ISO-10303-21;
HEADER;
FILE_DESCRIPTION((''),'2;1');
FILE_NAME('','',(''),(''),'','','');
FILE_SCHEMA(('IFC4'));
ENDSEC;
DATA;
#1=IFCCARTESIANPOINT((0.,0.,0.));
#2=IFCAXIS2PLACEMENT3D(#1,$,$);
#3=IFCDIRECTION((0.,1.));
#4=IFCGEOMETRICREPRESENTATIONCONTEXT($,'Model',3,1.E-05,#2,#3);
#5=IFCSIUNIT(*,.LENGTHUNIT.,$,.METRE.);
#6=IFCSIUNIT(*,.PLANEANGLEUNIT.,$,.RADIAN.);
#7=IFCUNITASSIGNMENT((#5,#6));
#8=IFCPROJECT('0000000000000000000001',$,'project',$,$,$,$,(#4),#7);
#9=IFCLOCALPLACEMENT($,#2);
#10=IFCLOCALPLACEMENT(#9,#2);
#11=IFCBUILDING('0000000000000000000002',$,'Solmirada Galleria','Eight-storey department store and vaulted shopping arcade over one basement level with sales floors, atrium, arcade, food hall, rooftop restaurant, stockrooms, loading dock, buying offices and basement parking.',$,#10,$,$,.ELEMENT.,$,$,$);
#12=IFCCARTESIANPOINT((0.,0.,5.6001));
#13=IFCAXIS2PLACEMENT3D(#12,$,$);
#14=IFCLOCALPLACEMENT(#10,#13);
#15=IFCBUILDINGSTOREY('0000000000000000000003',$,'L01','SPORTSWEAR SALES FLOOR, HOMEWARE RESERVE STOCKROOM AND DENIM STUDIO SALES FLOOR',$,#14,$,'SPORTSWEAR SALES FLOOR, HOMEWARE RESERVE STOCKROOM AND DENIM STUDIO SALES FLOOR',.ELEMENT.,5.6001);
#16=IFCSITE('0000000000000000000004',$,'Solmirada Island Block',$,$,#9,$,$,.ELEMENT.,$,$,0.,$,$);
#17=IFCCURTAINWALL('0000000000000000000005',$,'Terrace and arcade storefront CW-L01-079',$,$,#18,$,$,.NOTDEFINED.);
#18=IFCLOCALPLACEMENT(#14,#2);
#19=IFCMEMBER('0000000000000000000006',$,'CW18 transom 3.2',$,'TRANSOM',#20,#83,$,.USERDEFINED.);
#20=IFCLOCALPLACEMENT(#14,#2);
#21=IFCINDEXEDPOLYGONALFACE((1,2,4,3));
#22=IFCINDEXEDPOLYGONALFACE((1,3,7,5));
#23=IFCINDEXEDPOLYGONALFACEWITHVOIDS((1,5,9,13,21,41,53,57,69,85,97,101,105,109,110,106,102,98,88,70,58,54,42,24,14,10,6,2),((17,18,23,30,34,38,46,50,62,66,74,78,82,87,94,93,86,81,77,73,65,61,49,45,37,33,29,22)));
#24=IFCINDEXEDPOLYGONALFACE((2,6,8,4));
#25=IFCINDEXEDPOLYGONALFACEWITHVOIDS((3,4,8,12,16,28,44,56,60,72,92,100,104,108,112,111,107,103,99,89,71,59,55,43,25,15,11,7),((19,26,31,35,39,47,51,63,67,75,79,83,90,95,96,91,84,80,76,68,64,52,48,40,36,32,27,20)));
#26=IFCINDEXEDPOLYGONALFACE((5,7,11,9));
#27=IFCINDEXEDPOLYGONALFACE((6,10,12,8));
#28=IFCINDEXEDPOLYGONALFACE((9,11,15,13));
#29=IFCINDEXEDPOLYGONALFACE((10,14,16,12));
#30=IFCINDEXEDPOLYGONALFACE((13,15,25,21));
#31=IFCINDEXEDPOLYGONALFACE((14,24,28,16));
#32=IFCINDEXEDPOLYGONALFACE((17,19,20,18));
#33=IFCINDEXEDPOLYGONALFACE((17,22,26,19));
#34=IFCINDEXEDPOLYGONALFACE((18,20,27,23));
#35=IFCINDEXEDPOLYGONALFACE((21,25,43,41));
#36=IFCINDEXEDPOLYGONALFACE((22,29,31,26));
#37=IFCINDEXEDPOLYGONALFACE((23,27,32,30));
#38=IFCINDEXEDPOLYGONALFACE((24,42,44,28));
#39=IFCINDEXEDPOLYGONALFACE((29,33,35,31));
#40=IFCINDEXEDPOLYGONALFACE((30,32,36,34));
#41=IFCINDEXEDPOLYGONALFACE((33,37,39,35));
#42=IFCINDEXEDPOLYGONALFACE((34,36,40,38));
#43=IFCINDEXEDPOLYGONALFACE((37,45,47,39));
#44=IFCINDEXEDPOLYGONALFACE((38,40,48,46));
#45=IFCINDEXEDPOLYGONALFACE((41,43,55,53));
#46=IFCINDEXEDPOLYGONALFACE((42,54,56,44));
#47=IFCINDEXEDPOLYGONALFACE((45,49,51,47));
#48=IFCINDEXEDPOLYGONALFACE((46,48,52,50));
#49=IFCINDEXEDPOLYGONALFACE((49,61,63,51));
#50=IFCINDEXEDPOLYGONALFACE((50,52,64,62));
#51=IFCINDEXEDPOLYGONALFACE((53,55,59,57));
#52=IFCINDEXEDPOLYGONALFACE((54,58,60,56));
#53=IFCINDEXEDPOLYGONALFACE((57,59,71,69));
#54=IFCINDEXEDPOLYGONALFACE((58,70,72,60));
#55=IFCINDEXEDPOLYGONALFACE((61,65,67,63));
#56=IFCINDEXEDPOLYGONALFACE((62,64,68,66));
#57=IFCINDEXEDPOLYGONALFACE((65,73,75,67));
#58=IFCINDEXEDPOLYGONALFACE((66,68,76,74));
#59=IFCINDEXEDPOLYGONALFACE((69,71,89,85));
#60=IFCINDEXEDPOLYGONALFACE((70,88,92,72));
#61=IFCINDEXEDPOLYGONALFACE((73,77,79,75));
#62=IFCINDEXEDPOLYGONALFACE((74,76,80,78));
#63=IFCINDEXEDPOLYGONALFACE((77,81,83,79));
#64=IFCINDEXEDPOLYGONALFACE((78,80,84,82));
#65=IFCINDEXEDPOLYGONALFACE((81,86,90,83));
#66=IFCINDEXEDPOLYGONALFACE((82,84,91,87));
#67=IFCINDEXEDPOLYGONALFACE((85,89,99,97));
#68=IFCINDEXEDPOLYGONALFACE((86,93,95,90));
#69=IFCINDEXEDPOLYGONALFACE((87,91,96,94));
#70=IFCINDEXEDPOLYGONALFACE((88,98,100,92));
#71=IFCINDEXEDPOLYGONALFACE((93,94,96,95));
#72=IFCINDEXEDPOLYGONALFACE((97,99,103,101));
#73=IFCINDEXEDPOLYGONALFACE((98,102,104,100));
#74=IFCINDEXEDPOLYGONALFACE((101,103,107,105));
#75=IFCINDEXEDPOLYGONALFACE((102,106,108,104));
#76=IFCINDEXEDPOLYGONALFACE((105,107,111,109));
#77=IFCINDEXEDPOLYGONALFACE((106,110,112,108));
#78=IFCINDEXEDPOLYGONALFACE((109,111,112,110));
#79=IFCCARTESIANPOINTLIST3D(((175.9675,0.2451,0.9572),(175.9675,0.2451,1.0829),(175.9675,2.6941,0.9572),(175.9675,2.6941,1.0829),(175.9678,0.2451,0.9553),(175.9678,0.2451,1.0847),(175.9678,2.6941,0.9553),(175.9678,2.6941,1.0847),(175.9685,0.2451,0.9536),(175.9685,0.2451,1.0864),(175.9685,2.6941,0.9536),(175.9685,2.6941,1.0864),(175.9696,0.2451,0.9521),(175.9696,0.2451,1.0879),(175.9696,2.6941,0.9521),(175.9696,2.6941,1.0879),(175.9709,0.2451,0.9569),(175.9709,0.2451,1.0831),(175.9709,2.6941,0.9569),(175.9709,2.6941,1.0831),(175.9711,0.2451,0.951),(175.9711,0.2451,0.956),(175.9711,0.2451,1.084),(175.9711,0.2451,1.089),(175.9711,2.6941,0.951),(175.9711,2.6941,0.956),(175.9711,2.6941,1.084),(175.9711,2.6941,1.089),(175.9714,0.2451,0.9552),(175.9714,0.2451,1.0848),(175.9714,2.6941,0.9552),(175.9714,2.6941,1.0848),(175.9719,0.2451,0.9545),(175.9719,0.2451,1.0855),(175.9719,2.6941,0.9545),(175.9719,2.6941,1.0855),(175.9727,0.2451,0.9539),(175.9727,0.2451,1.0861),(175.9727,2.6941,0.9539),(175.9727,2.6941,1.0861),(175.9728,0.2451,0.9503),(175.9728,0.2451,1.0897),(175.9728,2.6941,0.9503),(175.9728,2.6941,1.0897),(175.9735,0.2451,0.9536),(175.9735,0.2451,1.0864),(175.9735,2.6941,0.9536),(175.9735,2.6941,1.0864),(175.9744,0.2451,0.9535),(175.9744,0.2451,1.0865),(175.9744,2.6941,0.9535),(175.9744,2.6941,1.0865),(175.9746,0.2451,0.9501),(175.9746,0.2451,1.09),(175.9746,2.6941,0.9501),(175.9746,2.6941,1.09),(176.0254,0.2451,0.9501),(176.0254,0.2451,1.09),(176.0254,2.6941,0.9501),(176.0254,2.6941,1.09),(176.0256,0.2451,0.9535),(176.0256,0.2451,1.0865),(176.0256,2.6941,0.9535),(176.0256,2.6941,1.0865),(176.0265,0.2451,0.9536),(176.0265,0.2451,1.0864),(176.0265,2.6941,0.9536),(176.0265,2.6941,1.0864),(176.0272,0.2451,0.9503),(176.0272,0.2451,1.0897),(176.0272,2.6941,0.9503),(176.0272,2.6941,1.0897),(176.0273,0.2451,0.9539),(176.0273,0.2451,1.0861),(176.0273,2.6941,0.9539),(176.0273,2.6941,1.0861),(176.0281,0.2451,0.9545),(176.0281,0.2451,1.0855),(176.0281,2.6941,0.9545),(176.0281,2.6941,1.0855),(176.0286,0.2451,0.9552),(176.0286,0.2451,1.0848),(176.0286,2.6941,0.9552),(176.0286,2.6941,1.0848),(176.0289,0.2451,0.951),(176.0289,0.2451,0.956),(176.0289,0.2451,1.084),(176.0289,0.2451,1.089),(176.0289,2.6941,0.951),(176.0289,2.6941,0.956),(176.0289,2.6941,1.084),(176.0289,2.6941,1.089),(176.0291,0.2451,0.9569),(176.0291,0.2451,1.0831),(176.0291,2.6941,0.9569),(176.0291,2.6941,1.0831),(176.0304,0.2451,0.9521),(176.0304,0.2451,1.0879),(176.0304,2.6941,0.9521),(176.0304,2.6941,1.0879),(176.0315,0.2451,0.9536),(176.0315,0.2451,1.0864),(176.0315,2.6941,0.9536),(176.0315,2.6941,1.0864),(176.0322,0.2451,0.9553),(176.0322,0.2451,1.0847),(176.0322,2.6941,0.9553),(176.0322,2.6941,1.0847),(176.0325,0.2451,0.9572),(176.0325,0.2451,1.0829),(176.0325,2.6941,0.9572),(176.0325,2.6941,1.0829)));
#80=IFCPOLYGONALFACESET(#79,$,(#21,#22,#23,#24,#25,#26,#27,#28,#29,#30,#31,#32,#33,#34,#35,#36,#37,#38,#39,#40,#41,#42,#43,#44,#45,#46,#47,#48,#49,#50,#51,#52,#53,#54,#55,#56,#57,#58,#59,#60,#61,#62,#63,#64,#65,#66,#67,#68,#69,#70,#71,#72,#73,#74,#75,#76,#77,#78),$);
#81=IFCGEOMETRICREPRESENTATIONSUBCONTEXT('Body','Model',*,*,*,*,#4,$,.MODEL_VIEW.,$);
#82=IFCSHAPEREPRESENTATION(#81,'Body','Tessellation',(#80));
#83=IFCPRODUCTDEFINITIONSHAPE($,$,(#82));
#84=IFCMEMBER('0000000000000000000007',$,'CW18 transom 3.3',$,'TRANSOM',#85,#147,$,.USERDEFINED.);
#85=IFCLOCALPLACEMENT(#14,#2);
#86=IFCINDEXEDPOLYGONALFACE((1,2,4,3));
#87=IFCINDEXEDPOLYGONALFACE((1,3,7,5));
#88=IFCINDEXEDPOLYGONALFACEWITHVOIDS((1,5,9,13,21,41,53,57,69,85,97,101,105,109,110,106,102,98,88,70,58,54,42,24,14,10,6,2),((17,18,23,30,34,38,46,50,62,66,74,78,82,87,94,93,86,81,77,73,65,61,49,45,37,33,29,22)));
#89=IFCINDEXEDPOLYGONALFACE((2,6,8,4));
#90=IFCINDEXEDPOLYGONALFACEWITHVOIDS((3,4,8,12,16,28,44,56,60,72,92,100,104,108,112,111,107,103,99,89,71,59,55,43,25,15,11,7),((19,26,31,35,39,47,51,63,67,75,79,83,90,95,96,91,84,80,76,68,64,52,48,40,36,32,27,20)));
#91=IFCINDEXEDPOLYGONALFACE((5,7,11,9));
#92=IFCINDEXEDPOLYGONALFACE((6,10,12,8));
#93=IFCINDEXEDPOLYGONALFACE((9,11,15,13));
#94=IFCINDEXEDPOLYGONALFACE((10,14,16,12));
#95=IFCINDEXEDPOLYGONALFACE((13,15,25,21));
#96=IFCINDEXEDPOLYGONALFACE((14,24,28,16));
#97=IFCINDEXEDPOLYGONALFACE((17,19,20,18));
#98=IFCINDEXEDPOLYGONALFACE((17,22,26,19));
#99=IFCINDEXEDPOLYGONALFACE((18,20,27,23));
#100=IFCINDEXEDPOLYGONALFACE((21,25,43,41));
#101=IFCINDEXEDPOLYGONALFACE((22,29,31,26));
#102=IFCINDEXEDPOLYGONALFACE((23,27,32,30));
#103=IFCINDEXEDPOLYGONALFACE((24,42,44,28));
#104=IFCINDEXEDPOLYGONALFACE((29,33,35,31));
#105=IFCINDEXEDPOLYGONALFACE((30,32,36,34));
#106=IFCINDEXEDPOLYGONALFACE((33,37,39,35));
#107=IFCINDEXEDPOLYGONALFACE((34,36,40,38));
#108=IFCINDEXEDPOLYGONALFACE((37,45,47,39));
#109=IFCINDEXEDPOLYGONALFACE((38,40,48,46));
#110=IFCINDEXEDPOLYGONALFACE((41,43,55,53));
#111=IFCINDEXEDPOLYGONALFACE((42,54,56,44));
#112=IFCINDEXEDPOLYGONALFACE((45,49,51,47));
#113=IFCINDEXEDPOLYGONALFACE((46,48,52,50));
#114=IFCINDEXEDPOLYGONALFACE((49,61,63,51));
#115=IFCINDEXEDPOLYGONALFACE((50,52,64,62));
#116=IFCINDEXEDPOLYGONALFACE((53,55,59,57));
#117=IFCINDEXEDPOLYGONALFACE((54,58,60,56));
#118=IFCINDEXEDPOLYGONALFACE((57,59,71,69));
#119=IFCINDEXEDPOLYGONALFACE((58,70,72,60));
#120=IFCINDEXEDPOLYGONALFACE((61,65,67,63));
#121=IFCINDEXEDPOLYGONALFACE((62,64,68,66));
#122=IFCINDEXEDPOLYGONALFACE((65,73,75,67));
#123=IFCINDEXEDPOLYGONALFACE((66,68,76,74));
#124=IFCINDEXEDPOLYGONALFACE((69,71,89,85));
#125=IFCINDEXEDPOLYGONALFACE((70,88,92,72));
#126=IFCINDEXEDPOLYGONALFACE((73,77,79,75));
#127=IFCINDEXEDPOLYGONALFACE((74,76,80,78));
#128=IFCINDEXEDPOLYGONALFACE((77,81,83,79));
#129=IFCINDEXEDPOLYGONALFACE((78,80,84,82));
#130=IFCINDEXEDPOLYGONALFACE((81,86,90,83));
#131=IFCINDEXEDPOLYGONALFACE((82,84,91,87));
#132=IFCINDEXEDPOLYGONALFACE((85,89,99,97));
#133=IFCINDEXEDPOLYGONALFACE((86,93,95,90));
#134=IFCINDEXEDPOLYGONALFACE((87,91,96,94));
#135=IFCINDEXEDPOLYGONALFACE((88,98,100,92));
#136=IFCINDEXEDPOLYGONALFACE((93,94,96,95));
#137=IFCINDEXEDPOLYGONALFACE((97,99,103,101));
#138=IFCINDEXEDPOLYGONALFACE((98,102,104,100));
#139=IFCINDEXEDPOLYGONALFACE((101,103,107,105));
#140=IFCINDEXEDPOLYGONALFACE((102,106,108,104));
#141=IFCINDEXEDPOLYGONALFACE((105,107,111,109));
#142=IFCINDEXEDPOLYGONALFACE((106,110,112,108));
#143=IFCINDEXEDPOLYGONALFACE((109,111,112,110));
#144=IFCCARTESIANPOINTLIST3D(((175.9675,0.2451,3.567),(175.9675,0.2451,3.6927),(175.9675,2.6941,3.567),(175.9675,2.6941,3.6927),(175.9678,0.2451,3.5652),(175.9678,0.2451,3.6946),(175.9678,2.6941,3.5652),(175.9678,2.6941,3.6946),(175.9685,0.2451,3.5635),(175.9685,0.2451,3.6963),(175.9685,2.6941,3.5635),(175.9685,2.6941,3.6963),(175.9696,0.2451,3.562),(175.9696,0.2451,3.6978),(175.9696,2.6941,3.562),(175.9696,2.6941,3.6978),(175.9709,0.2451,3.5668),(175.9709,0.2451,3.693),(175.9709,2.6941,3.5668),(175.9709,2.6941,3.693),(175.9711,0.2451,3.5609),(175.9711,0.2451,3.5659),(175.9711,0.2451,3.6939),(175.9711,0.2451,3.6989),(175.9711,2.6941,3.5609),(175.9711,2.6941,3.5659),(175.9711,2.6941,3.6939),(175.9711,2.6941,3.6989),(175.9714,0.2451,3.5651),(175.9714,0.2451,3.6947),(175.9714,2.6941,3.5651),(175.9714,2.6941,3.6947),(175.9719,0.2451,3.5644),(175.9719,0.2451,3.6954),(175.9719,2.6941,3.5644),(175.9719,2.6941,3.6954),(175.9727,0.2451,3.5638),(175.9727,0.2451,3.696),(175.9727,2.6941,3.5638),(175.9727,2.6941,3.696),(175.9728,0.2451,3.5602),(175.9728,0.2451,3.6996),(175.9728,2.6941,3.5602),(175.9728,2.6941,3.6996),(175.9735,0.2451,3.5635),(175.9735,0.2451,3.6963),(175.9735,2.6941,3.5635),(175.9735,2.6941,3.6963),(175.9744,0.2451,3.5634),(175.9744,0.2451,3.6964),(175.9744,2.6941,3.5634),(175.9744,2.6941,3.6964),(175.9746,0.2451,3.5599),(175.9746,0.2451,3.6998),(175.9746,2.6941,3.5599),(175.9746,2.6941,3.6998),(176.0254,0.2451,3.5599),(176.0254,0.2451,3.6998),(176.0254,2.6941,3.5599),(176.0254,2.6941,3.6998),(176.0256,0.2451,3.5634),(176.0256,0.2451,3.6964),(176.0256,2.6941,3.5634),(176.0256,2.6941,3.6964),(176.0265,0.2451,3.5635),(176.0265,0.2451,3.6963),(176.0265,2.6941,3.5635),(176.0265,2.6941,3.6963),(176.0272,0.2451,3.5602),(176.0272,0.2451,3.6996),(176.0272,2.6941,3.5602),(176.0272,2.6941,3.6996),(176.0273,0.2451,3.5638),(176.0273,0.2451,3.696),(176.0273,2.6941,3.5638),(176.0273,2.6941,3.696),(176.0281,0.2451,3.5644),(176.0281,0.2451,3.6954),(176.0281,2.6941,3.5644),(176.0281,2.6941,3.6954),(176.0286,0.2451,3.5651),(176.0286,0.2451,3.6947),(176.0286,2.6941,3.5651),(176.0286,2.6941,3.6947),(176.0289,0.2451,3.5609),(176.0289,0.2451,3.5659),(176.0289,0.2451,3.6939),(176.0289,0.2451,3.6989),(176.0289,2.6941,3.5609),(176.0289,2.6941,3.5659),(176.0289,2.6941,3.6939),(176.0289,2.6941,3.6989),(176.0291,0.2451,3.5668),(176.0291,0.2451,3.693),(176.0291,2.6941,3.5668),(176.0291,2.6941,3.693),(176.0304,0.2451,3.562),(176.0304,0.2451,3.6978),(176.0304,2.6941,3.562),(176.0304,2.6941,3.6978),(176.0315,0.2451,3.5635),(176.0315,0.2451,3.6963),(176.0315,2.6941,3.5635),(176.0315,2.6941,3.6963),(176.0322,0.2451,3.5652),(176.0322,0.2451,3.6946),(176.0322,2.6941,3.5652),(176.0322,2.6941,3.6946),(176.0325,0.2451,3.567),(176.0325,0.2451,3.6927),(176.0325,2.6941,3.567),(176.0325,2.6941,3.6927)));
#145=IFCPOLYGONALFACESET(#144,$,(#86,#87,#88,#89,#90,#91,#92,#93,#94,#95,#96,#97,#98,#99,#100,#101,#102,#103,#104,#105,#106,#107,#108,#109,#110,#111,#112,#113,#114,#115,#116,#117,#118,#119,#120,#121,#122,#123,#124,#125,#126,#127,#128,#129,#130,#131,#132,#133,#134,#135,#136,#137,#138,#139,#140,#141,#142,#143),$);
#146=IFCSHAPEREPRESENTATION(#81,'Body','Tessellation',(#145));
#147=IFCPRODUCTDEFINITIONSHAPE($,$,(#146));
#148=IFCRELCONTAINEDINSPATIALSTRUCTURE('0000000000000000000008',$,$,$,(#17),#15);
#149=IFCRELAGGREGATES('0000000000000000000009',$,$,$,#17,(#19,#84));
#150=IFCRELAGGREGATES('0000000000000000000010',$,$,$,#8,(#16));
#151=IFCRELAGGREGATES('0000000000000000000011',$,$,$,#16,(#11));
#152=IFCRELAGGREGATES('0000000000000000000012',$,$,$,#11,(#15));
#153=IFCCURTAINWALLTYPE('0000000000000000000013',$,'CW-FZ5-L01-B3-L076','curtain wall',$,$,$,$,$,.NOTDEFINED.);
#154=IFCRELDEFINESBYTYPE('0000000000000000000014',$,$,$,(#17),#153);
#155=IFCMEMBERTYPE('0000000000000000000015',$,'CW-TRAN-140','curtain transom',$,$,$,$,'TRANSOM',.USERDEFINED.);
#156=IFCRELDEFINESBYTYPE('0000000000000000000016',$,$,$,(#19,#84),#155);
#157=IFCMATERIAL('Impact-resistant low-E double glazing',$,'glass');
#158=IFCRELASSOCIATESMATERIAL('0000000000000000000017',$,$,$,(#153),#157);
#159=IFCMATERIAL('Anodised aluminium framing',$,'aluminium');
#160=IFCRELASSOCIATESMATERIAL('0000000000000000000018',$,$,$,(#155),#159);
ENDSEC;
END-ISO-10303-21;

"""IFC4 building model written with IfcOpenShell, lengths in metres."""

from ifc_helpers import new_model, si_unit, direction, frame, origin, origin_2d, place, context, subcontext, project, spatial, hollow_rectangle, extrude, material, material_profile, profile_set, type_object, element, aggregate, save


model = new_model("IFC4")

# Units and contexts
model_context = context("Model", 3, precision=1e-05, world=origin(), true_north=direction((0.0, 1.0)))
body_context = subcontext(model_context, "Body", "Model", "MODEL_VIEW")
ifc_project = project(units=[si_unit("LENGTHUNIT", "METRE"), si_unit("PLANEANGLEUNIT", "RADIAN")], contexts=[model_context])

# Site, building, storey
site_placement = place(None, origin())
site = spatial("IfcSite", under=ifc_project, at=site_placement, Name="Solmirada Island Block", CompositionType="ELEMENT", RefElevation=0.0)
building_placement = place(site_placement, origin())
building = spatial("IfcBuilding", under=site, at=building_placement, Name="Solmirada Galleria", Description="Eight-storey department store and vaulted shopping arcade over one basement level with sales floors, atrium, arcade, food hall, rooftop restaurant, stockrooms, loading dock, buying offices and basement parking.", CompositionType="ELEMENT")
storey_placement = place(building_placement, frame((0.0, 0.0, 5.6001)))
storey = spatial("IfcBuildingStorey", under=building, at=storey_placement, Name="L01", Description="SPORTSWEAR SALES FLOOR, HOMEWARE RESERVE STOCKROOM AND DENIM STUDIO SALES FLOOR", LongName="SPORTSWEAR SALES FLOOR, HOMEWARE RESERVE STOCKROOM AND DENIM STUDIO SALES FLOOR", CompositionType="ELEMENT", Elevation=5.6001)

# Curtain wall
ifc_material_1 = material(Name="Impact-resistant low-E double glazing", Category="glass")
curtain_wall_type = type_object("IfcCurtainWallType", Name="CW-FZ5-L01-B3-L076", Description="curtain wall", PredefinedType="NOTDEFINED", material=ifc_material_1)
ifc_material_2 = material(Name="Anodised aluminium framing", Category="aluminium")
curtain_wall_1_placement = place(storey_placement, origin())
curtain_wall_1 = element("IfcCurtainWall", 1, at=curtain_wall_1_placement, inside=storey, type_object=curtain_wall_type, Name="Terrace and arcade storefront CW-L01-079", PredefinedType="NOTDEFINED")

# Members
ifc_material_profile_1 = material_profile(ifc_material_2, hollow_rectangle(XDim=0.0649, YDim=0.1399, WallThickness=0.0034, InnerFilletRadius=0.0034, OuterFilletRadius=0.0071, at=origin_2d()), Name="ALU-TRAN-140X65")
ifc_profile_set_1 = profile_set([ifc_material_profile_1], Name="Anodised aluminium framing")
member_type_1 = type_object("IfcMemberType", Name="CW-TRAN-140", Description="curtain transom", ElementType="TRANSOM", PredefinedType="USERDEFINED", material=ifc_profile_set_1)
member_1_placement = place(storey_placement, frame((176.0, 2.6941, 1.02), z_axis=(0.0, -1.0, 0.0), x_axis=(1.0, 0.0, 0.0)))
member_1 = element("IfcMember", 2, at=member_1_placement, type_object=member_type_1, Name="CW18 transom 3.2", ObjectType="TRANSOM", PredefinedType="USERDEFINED", context=body_context, shape_type="SweptSolid", body=[
    extrude(hollow_rectangle(XDim=0.0649, YDim=0.1399, WallThickness=0.0034, InnerFilletRadius=0.0034, OuterFilletRadius=0.0071, at=origin_2d()), origin(), (0.0, 0.0, 1.0), 2.449),
])
member_2_placement = place(storey_placement, frame((176.0, 2.6941, 3.6299), z_axis=(0.0, -1.0, 0.0), x_axis=(1.0, 0.0, 0.0)))
member_2 = element("IfcMember", 3, at=member_2_placement, type_object=member_type_1, Name="CW18 transom 3.3", ObjectType="TRANSOM", PredefinedType="USERDEFINED", context=body_context, shape_type="SweptSolid", body=[
    extrude(hollow_rectangle(XDim=0.0649, YDim=0.1399, WallThickness=0.0034, InnerFilletRadius=0.0034, OuterFilletRadius=0.0071, at=origin_2d()), origin(), (0.0, 0.0, 1.0), 2.449),
])

aggregate(curtain_wall_1, [member_1, member_2])

save(model, "model.ifc")
